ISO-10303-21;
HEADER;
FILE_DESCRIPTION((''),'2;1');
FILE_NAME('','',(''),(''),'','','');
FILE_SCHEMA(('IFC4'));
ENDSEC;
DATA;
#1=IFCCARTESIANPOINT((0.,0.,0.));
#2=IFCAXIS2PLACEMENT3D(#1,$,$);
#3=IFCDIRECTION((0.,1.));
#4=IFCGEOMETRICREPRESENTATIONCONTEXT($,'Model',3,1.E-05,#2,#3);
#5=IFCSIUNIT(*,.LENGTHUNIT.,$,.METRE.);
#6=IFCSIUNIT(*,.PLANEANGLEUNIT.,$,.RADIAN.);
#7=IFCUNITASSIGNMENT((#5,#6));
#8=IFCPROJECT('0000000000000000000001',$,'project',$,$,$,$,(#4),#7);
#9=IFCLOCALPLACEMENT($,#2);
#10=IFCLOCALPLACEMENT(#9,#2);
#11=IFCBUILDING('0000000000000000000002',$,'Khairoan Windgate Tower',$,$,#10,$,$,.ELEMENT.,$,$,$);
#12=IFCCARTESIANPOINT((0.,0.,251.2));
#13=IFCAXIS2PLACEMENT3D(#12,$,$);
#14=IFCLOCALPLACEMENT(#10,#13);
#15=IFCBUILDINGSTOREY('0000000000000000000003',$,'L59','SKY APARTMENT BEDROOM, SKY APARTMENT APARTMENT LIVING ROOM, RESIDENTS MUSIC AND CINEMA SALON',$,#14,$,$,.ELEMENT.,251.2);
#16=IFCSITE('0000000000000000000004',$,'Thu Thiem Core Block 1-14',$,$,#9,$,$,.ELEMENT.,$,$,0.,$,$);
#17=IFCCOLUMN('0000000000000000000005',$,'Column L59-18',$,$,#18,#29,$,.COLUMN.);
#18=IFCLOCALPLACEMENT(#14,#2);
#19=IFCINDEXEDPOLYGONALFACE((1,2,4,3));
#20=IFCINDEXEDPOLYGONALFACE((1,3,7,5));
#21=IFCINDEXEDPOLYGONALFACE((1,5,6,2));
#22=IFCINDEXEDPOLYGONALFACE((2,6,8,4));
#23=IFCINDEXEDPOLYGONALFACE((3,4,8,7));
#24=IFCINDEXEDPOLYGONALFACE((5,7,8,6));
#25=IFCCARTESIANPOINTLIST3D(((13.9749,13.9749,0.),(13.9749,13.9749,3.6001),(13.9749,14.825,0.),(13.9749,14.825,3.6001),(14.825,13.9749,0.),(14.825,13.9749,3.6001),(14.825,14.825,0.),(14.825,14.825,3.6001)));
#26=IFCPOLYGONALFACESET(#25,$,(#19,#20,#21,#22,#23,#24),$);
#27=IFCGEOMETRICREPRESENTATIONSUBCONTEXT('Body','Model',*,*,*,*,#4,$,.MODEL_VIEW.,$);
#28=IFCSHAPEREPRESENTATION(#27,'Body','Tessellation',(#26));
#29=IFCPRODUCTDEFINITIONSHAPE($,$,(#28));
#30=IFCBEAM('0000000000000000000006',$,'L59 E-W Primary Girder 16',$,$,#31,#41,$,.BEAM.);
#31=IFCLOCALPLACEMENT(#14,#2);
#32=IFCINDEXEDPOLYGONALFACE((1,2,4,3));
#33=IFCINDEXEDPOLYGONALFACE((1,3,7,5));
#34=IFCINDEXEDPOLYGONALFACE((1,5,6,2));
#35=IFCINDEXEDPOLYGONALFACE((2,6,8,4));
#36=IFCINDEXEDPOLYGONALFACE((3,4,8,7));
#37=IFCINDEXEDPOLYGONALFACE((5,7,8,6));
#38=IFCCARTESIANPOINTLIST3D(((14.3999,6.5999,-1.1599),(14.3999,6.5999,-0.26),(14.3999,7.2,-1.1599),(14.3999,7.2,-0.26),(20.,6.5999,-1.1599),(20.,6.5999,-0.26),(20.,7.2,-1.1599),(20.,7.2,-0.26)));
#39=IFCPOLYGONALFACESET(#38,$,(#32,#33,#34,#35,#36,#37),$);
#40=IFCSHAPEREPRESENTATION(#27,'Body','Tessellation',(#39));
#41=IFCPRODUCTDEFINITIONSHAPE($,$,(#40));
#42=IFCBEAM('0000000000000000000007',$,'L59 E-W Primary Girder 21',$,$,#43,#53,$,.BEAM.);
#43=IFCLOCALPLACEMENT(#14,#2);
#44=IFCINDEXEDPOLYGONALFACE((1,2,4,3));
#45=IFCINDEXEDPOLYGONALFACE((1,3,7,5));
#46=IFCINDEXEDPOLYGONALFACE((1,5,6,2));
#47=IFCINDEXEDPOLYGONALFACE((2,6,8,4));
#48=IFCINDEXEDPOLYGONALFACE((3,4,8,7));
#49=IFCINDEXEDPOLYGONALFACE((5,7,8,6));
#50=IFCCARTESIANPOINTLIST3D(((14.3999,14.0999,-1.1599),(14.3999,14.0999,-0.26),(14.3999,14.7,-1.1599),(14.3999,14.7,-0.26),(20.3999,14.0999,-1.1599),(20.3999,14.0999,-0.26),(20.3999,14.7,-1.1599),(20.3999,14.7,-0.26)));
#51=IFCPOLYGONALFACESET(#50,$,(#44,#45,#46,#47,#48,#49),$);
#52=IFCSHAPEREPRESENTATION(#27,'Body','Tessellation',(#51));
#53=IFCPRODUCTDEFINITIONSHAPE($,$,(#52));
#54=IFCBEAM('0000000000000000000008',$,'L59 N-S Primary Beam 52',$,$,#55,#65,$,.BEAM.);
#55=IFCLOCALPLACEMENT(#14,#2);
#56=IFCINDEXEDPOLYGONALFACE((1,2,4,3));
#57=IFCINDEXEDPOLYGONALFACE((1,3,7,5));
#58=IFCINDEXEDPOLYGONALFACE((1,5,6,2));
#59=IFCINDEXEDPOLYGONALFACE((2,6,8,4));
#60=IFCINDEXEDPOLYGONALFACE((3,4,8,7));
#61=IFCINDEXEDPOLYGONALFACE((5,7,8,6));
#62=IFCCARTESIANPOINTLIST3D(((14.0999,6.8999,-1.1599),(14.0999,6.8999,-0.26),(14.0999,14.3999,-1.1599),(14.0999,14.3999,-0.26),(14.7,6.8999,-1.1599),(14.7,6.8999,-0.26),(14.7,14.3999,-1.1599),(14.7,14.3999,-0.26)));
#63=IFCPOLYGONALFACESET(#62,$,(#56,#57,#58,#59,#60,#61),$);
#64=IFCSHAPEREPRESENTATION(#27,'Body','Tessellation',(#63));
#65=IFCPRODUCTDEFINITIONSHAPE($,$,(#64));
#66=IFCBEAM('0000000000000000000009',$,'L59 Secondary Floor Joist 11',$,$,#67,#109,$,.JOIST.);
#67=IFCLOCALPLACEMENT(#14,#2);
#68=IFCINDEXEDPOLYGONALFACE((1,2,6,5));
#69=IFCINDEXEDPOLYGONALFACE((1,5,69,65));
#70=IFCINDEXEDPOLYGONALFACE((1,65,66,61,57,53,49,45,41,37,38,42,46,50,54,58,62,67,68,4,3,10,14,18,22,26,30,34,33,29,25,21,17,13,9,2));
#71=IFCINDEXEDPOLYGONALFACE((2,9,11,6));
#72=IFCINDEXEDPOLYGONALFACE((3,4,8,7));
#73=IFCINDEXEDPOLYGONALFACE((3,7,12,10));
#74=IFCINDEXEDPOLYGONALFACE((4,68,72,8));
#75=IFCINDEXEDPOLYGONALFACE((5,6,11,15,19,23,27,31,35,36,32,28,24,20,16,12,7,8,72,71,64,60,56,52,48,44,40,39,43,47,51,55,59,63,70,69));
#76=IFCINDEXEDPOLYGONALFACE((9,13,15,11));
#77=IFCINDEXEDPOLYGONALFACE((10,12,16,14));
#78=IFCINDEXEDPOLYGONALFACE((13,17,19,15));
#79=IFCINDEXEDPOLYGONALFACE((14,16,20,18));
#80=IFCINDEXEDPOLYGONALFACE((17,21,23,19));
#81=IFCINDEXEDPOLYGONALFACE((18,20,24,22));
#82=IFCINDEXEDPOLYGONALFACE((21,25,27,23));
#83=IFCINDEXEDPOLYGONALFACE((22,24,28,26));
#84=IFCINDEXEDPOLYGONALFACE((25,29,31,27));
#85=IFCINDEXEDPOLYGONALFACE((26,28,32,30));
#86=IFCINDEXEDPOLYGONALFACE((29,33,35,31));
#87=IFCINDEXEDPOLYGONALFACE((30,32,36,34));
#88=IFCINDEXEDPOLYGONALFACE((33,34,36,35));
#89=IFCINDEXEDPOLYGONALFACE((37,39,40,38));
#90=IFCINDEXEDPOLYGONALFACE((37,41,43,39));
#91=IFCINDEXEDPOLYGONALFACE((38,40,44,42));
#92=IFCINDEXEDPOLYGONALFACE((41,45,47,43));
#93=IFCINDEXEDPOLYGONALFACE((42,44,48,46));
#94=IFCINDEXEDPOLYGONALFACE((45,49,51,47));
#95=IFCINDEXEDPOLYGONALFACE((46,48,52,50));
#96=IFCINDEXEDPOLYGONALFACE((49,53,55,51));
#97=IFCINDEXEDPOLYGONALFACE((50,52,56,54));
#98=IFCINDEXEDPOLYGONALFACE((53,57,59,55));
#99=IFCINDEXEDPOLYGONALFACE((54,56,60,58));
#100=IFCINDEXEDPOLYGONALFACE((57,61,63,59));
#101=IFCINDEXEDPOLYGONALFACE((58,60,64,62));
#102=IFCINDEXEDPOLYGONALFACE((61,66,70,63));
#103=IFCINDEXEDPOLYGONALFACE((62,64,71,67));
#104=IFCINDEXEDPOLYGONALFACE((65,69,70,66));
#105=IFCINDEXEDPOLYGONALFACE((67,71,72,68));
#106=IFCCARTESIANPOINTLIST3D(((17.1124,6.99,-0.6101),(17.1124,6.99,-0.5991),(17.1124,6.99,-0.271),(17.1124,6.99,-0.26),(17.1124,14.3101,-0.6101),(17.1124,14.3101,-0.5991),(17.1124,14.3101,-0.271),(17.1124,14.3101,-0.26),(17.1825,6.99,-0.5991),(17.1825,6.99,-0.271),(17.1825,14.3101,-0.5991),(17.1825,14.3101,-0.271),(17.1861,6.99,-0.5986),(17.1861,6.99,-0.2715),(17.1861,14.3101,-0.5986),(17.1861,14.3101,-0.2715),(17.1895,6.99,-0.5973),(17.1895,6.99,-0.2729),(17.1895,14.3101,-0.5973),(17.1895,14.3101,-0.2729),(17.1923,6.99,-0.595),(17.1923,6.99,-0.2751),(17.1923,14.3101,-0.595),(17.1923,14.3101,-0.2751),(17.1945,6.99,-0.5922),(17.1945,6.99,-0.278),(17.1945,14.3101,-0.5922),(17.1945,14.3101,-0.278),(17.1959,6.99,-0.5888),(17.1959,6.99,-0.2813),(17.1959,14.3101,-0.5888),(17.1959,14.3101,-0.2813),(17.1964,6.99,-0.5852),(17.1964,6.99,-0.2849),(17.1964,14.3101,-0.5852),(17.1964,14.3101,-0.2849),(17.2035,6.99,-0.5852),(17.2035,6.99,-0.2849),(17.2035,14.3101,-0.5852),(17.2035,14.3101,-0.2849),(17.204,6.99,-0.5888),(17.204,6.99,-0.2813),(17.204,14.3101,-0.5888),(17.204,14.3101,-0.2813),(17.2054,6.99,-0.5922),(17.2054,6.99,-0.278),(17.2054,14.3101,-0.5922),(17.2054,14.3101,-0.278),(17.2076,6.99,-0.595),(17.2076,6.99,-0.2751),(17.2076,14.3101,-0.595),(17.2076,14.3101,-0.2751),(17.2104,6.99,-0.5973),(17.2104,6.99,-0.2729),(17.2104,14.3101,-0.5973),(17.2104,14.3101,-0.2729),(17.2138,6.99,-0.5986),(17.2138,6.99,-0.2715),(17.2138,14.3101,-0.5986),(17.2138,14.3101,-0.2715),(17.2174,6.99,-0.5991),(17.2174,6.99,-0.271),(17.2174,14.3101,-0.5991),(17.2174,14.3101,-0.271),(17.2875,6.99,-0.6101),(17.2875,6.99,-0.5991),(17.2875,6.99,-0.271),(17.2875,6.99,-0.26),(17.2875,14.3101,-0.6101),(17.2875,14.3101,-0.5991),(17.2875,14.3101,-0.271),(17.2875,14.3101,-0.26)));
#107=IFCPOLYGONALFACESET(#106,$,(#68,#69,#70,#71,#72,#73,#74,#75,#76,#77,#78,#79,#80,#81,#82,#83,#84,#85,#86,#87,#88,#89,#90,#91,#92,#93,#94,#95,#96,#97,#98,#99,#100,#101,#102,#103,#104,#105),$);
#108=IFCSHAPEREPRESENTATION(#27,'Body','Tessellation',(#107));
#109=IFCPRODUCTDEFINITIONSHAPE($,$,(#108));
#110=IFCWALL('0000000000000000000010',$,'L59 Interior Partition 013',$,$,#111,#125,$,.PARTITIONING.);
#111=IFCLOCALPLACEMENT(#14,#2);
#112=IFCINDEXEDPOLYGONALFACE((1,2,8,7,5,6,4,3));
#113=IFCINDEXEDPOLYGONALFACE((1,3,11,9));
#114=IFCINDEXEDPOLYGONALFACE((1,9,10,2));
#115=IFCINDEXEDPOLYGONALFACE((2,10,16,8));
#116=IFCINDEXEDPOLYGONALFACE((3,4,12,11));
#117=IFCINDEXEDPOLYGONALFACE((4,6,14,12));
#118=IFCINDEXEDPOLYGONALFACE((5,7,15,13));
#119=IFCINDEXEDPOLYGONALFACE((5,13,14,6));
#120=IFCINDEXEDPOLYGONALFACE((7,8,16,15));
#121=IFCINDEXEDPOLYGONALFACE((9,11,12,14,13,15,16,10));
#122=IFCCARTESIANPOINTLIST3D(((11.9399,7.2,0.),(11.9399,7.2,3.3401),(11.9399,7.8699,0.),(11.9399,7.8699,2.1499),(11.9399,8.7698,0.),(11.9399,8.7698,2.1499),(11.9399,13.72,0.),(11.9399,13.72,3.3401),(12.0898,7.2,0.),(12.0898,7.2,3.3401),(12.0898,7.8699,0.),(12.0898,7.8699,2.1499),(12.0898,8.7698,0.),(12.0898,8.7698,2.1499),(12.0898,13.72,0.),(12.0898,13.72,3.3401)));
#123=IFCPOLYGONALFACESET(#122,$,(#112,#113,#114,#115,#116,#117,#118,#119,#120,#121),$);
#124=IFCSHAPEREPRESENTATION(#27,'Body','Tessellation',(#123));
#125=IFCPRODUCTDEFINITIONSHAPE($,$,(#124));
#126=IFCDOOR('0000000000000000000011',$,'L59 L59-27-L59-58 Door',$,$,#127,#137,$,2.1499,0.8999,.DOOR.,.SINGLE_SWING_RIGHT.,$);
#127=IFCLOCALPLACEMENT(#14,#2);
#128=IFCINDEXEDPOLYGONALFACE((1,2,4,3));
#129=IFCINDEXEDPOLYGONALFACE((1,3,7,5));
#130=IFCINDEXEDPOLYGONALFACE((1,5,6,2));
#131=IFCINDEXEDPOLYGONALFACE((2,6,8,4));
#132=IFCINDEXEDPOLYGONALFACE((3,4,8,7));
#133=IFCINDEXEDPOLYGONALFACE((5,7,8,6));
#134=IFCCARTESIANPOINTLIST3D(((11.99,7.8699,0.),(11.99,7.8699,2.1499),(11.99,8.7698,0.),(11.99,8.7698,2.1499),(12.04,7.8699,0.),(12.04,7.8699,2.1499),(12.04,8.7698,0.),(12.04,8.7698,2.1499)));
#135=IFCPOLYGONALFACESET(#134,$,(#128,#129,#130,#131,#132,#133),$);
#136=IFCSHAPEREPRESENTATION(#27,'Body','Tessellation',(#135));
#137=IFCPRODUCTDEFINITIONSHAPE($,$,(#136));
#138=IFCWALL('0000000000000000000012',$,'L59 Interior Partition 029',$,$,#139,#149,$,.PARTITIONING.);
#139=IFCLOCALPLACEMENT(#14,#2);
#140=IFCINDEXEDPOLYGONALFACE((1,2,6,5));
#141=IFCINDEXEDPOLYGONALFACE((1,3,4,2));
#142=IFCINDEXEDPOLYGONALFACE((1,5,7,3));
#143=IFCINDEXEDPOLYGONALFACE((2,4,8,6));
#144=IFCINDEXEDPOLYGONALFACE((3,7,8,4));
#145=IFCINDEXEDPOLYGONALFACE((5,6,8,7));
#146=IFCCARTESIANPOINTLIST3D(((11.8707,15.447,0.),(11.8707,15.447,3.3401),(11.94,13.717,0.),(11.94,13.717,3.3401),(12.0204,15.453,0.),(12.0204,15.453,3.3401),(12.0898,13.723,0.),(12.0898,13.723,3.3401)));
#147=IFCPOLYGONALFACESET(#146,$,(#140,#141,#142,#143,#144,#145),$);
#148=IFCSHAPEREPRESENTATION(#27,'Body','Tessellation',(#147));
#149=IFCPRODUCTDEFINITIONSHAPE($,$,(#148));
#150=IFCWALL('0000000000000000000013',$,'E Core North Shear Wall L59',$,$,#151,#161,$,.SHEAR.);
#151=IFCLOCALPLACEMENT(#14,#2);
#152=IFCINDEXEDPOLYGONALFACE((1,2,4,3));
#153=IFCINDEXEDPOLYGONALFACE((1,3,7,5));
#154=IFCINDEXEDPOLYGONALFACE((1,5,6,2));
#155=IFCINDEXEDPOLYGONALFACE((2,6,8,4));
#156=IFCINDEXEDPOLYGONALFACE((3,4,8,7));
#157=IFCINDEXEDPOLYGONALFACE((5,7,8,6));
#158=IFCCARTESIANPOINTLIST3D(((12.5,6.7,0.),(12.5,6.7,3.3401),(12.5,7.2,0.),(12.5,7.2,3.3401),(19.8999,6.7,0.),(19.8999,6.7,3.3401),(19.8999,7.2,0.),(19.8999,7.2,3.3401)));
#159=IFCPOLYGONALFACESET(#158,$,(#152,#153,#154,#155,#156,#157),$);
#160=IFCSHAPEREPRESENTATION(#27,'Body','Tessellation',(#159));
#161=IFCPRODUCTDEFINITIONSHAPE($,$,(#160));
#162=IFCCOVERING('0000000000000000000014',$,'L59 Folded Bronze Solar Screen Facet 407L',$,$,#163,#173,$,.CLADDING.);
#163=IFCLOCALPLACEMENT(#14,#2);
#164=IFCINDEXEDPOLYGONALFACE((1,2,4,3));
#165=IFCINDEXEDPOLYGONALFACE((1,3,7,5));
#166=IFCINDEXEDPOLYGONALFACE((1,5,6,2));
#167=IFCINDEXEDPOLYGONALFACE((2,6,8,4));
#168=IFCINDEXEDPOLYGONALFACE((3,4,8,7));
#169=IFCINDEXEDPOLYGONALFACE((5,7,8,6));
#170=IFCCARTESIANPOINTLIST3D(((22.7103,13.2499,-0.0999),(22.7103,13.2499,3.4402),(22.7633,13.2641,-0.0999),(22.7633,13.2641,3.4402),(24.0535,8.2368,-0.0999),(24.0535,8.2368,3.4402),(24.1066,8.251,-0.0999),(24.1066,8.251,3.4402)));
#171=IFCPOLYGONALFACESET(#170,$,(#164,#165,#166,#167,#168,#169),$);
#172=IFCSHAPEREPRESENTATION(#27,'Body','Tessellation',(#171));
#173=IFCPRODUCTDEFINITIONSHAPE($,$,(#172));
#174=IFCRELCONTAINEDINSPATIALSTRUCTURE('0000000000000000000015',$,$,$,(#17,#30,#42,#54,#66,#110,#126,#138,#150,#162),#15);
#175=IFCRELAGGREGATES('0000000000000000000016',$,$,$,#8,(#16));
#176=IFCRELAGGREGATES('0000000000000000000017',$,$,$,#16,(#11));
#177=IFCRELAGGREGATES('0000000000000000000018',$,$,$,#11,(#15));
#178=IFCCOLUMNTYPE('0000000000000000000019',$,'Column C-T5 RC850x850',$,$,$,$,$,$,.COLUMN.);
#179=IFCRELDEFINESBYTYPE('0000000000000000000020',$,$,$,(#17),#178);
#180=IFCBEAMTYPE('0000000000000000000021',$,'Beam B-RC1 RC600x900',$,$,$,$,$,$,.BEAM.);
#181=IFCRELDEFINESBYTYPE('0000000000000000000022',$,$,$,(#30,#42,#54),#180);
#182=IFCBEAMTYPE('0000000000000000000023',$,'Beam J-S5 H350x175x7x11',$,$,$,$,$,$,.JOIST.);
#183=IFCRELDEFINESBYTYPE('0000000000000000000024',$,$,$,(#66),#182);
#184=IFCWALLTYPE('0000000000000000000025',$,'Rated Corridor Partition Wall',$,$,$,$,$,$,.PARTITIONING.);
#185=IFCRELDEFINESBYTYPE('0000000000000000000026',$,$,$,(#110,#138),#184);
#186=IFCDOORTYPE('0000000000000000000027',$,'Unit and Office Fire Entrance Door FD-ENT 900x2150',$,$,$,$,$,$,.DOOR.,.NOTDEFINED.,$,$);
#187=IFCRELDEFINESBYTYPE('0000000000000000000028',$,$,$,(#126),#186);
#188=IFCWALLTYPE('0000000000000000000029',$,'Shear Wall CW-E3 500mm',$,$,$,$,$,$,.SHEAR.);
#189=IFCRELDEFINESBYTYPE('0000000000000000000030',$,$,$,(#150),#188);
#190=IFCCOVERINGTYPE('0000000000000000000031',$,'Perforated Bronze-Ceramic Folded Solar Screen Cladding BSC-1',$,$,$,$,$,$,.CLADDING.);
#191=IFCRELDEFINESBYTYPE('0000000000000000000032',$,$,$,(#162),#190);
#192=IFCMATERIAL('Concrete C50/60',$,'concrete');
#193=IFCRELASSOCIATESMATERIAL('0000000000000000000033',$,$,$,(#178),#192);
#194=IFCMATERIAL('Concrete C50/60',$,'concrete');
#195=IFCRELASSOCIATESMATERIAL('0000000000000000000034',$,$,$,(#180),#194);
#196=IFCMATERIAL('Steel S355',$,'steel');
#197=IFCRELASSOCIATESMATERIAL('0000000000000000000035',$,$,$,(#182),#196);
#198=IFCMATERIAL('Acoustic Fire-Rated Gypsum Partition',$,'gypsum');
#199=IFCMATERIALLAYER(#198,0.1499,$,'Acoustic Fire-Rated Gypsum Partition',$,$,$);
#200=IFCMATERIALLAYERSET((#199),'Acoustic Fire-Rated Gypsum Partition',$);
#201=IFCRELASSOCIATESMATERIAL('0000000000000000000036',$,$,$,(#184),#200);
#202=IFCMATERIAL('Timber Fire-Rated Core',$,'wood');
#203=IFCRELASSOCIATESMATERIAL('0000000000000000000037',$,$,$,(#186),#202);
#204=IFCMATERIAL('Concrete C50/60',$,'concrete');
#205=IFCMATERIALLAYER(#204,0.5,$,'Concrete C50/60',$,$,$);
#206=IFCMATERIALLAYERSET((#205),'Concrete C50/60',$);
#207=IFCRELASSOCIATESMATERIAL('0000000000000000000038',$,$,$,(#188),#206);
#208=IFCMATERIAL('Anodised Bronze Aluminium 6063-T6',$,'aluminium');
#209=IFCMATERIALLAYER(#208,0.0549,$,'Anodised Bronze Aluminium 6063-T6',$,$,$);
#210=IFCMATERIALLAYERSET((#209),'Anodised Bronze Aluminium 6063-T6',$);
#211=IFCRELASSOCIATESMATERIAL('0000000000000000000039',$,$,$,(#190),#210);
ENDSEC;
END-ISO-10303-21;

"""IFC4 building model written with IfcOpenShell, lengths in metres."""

from ifc_helpers import new_model, si_unit, direction, frame, frame_2d, origin, origin_2d, place, context, subcontext, project, spatial, rectangle, i_section, extrude, material, layer, layer_set, material_profile, profile_set, type_object, element, fill, save


model = new_model("IFC4")

# Units and contexts
model_context = context("Model", 3, precision=1e-05, world=origin(), true_north=direction((0.0, 1.0)))
body_context = subcontext(model_context, "Body", "Model", "MODEL_VIEW")
ifc_project = project(units=[si_unit("LENGTHUNIT", "METRE"), si_unit("PLANEANGLEUNIT", "RADIAN")], contexts=[model_context])

# Site, building, storey
site_placement = place(None, origin())
site = spatial("IfcSite", under=ifc_project, at=site_placement, Name="Thu Thiem Core Block 1-14", CompositionType="ELEMENT", RefElevation=0.0)
building_placement = place(site_placement, origin())
building = spatial("IfcBuilding", under=site, at=building_placement, Name="Khairoan Windgate Tower", CompositionType="ELEMENT")
storey_placement = place(building_placement, frame((0.0, 0.0, 251.2)))
storey = spatial("IfcBuildingStorey", under=building, at=storey_placement, Name="L59", Description="SKY APARTMENT BEDROOM, SKY APARTMENT APARTMENT LIVING ROOM, RESIDENTS MUSIC AND CINEMA SALON", CompositionType="ELEMENT", Elevation=251.2)

# Column
ifc_material_1 = material(Name="Concrete C50/60", Category="concrete")
ifc_material_profile_1 = material_profile(ifc_material_1, rectangle(XDim=0.8501, YDim=0.8501, at=origin_2d()))
ifc_profile_set_1 = profile_set([ifc_material_profile_1], Name="Concrete C50/60")
column_type = type_object("IfcColumnType", Name="Column C-T5 RC850x850", PredefinedType="COLUMN", material=ifc_profile_set_1)
column_placement = place(storey_placement, frame((14.3999, 14.3999, 0.0), z_axis=(0.0, 0.0, 1.0), x_axis=(1.0, 0.0, 0.0)))
element("IfcColumn", 1, at=column_placement, inside=storey, type_object=column_type, Name="Column L59-18", PredefinedType="COLUMN", context=body_context, shape_type="SweptSolid", body=[
    extrude(rectangle(XDim=0.8501, YDim=0.8501, at=origin_2d()), origin(), (0.0, 0.0, 1.0), 3.6001),
])

# Beams
ifc_material_2 = material(Name="Concrete C50/60", Category="concrete")
ifc_material_profile_2 = material_profile(ifc_material_2, rectangle(XDim=0.6001, YDim=0.8999, at=origin_2d()))
ifc_profile_set_2 = profile_set([ifc_material_profile_2], Name="Concrete C50/60")
beam_type_1 = type_object("IfcBeamType", Name="Beam B-RC1 RC600x900", PredefinedType="BEAM", material=ifc_profile_set_2)
beam_1_placement = place(storey_placement, frame((14.3999, 6.8999, -0.71), z_axis=(1.0, 0.0, 0.0), x_axis=(0.0, 1.0, 0.0)))
element("IfcBeam", 2, at=beam_1_placement, inside=storey, type_object=beam_type_1, Name="L59 E-W Primary Girder 16", PredefinedType="BEAM", context=body_context, shape_type="SweptSolid", body=[
    extrude(rectangle(XDim=0.6001, YDim=0.8999, at=origin_2d()), origin(), (0.0, 0.0, 1.0), 5.6001),
])
beam_2_placement = place(storey_placement, frame((14.3999, 14.3999, -0.71), z_axis=(1.0, 0.0, 0.0), x_axis=(0.0, 1.0, 0.0)))
element("IfcBeam", 3, at=beam_2_placement, inside=storey, type_object=beam_type_1, Name="L59 E-W Primary Girder 21", PredefinedType="BEAM", context=body_context, shape_type="SweptSolid", body=[
    extrude(rectangle(XDim=0.6001, YDim=0.8999, at=origin_2d()), origin(), (0.0, 0.0, 1.0), 6.0),
])
beam_3_placement = place(storey_placement, frame((14.3999, 6.8999, -0.71), z_axis=(0.0, 1.0, 0.0), x_axis=(-1.0, 0.0, 0.0)))
element("IfcBeam", 4, at=beam_3_placement, inside=storey, type_object=beam_type_1, Name="L59 N-S Primary Beam 52", PredefinedType="BEAM", context=body_context, shape_type="SweptSolid", body=[
    extrude(rectangle(XDim=0.6001, YDim=0.8999, at=origin_2d()), origin(), (0.0, 0.0, 1.0), 7.5),
])
ifc_material_3 = material(Name="Steel S355", Category="steel")
ifc_material_profile_3 = material_profile(ifc_material_3, i_section(OverallWidth=0.175, OverallDepth=0.3501, WebThickness=0.0071, FlangeThickness=0.011, FilletRadius=0.0139, at=origin_2d()))
ifc_profile_set_3 = profile_set([ifc_material_profile_3], Name="Steel S355")
beam_type_2 = type_object("IfcBeamType", Name="Beam J-S5 H350x175x7x11", PredefinedType="JOIST", material=ifc_profile_set_3)
beam_4_placement = place(storey_placement, frame((17.2, 6.99, -0.4351), z_axis=(0.0, 1.0, 0.0), x_axis=(-1.0, 0.0, 0.0)))
element("IfcBeam", 5, at=beam_4_placement, inside=storey, type_object=beam_type_2, Name="L59 Secondary Floor Joist 11", PredefinedType="JOIST", context=body_context, shape_type="SweptSolid", body=[
    extrude(i_section(OverallWidth=0.175, OverallDepth=0.3501, WebThickness=0.0071, FlangeThickness=0.011, FilletRadius=0.0139, at=origin_2d()), origin(), (0.0, 0.0, 1.0), 7.3201),
])

# Wall, opening, door
ifc_material_4 = material(Name="Acoustic Fire-Rated Gypsum Partition", Category="gypsum")
ifc_layer_1 = layer(ifc_material_4, 0.1499, Name="Acoustic Fire-Rated Gypsum Partition")
ifc_layer_set_1 = layer_set([ifc_layer_1], Name="Acoustic Fire-Rated Gypsum Partition")
wall_type_1 = type_object("IfcWallType", Name="Rated Corridor Partition Wall", PredefinedType="PARTITIONING", material=ifc_layer_set_1)
wall_1_placement = place(storey_placement, frame((12.0149, 7.2, 0.0), z_axis=(0.0, 0.0, 1.0), x_axis=(0.0, 1.0, 0.0)))
wall_1 = element("IfcWall", 6, at=wall_1_placement, inside=storey, type_object=wall_type_1, Name="L59 Interior Partition 013", PredefinedType="PARTITIONING", context=body_context, shape_type="SweptSolid", body=[
    extrude(rectangle(XDim=6.52, YDim=0.1499, at=frame_2d((3.26, 0.0))), origin(), (0.0, 0.0, 1.0), 3.3401),
])
opening_placement = place(wall_1_placement, frame((0.6699, 0.0, 0.0)))
opening = element("IfcOpeningElement", 7, at=opening_placement, cuts=wall_1, PredefinedType="OPENING", context=body_context, shape_type="SweptSolid", body=[
    extrude(rectangle(XDim=0.8999, YDim=2.1499, at=frame_2d((0.45, 1.075))), frame((0.0, 0.085, 0.0), z_axis=(0.0, -1.0, 0.0), x_axis=(1.0, 0.0, 0.0)), (0.0, 0.0, 1.0), 0.1699),
])
ifc_material_5 = material(Name="Timber Fire-Rated Core", Category="wood")
door_type = type_object("IfcDoorType", Name="Unit and Office Fire Entrance Door FD-ENT 900x2150", OperationType="NOTDEFINED", PredefinedType="DOOR", material=ifc_material_5)
door_placement = place(opening_placement, origin())
door = element("IfcDoor", 8, at=door_placement, inside=storey, type_object=door_type, Name="L59 L59-27-L59-58 Door", OperationType="SINGLE_SWING_RIGHT", OverallHeight=2.1499, OverallWidth=0.8999, PredefinedType="DOOR", context=body_context, shape_type="SweptSolid", body=[
    extrude(rectangle(XDim=0.8999, YDim=2.1499, at=frame_2d((0.45, 1.075))), frame((0.0, 0.0249, 0.0), z_axis=(0.0, -1.0, 0.0), x_axis=(1.0, 0.0, 0.0)), (0.0, 0.0, 1.0), 0.05),
])
fill(opening, door)

# Walls
wall_2_placement = place(storey_placement, frame((12.0149, 13.72, 0.0), z_axis=(0.0, 0.0, 1.0), x_axis=(-0.040047, 0.999198, 0.0)))
element("IfcWall", 9, at=wall_2_placement, inside=storey, type_object=wall_type_1, Name="L59 Interior Partition 029", PredefinedType="PARTITIONING", context=body_context, shape_type="SweptSolid", body=[
    extrude(rectangle(XDim=1.7314, YDim=0.1499, at=frame_2d((0.8657, 0.0))), origin(), (0.0, 0.0, 1.0), 3.3401),
])
ifc_material_6 = material(Name="Concrete C50/60", Category="concrete")
ifc_layer_2 = layer(ifc_material_6, 0.5, Name="Concrete C50/60")
ifc_layer_set_2 = layer_set([ifc_layer_2], Name="Concrete C50/60")
wall_type_2 = type_object("IfcWallType", Name="Shear Wall CW-E3 500mm", PredefinedType="SHEAR", material=ifc_layer_set_2)
wall_3_placement = place(storey_placement, frame((12.5, 6.95, 0.0), z_axis=(0.0, 0.0, 1.0), x_axis=(1.0, 0.0, 0.0)))
element("IfcWall", 10, at=wall_3_placement, inside=storey, type_object=wall_type_2, Name="E Core North Shear Wall L59", PredefinedType="SHEAR", context=body_context, shape_type="SweptSolid", body=[
    extrude(rectangle(XDim=7.3999, YDim=0.5, at=frame_2d((3.7, 0.0))), origin(), (0.0, 0.0, 1.0), 3.3401),
])

# Covering
ifc_material_7 = material(Name="Anodised Bronze Aluminium 6063-T6", Category="aluminium")
ifc_layer_3 = layer(ifc_material_7, 0.0549, Name="Anodised Bronze Aluminium 6063-T6")
ifc_layer_set_3 = layer_set([ifc_layer_3], Name="Anodised Bronze Aluminium 6063-T6")
covering_type = type_object("IfcCoveringType", Name="Perforated Bronze-Ceramic Folded Solar Screen Cladding BSC-1", PredefinedType="CLADDING", material=ifc_layer_set_3)
covering_placement = place(storey_placement, frame((23.4084, 10.7505, -0.0999), z_axis=(0.0, 0.0, 1.0), x_axis=(0.258819, -0.965926, 0.0)))
element("IfcCovering", 11, at=covering_placement, inside=storey, type_object=covering_type, Name="L59 Folded Bronze Solar Screen Facet 407L", PredefinedType="CLADDING", context=body_context, shape_type="SweptSolid", body=[
    extrude(rectangle(XDim=5.1899, YDim=0.0549, at=origin_2d()), origin(), (0.0, 0.0, 1.0), 3.54),
])

save(model, "model.ifc")
